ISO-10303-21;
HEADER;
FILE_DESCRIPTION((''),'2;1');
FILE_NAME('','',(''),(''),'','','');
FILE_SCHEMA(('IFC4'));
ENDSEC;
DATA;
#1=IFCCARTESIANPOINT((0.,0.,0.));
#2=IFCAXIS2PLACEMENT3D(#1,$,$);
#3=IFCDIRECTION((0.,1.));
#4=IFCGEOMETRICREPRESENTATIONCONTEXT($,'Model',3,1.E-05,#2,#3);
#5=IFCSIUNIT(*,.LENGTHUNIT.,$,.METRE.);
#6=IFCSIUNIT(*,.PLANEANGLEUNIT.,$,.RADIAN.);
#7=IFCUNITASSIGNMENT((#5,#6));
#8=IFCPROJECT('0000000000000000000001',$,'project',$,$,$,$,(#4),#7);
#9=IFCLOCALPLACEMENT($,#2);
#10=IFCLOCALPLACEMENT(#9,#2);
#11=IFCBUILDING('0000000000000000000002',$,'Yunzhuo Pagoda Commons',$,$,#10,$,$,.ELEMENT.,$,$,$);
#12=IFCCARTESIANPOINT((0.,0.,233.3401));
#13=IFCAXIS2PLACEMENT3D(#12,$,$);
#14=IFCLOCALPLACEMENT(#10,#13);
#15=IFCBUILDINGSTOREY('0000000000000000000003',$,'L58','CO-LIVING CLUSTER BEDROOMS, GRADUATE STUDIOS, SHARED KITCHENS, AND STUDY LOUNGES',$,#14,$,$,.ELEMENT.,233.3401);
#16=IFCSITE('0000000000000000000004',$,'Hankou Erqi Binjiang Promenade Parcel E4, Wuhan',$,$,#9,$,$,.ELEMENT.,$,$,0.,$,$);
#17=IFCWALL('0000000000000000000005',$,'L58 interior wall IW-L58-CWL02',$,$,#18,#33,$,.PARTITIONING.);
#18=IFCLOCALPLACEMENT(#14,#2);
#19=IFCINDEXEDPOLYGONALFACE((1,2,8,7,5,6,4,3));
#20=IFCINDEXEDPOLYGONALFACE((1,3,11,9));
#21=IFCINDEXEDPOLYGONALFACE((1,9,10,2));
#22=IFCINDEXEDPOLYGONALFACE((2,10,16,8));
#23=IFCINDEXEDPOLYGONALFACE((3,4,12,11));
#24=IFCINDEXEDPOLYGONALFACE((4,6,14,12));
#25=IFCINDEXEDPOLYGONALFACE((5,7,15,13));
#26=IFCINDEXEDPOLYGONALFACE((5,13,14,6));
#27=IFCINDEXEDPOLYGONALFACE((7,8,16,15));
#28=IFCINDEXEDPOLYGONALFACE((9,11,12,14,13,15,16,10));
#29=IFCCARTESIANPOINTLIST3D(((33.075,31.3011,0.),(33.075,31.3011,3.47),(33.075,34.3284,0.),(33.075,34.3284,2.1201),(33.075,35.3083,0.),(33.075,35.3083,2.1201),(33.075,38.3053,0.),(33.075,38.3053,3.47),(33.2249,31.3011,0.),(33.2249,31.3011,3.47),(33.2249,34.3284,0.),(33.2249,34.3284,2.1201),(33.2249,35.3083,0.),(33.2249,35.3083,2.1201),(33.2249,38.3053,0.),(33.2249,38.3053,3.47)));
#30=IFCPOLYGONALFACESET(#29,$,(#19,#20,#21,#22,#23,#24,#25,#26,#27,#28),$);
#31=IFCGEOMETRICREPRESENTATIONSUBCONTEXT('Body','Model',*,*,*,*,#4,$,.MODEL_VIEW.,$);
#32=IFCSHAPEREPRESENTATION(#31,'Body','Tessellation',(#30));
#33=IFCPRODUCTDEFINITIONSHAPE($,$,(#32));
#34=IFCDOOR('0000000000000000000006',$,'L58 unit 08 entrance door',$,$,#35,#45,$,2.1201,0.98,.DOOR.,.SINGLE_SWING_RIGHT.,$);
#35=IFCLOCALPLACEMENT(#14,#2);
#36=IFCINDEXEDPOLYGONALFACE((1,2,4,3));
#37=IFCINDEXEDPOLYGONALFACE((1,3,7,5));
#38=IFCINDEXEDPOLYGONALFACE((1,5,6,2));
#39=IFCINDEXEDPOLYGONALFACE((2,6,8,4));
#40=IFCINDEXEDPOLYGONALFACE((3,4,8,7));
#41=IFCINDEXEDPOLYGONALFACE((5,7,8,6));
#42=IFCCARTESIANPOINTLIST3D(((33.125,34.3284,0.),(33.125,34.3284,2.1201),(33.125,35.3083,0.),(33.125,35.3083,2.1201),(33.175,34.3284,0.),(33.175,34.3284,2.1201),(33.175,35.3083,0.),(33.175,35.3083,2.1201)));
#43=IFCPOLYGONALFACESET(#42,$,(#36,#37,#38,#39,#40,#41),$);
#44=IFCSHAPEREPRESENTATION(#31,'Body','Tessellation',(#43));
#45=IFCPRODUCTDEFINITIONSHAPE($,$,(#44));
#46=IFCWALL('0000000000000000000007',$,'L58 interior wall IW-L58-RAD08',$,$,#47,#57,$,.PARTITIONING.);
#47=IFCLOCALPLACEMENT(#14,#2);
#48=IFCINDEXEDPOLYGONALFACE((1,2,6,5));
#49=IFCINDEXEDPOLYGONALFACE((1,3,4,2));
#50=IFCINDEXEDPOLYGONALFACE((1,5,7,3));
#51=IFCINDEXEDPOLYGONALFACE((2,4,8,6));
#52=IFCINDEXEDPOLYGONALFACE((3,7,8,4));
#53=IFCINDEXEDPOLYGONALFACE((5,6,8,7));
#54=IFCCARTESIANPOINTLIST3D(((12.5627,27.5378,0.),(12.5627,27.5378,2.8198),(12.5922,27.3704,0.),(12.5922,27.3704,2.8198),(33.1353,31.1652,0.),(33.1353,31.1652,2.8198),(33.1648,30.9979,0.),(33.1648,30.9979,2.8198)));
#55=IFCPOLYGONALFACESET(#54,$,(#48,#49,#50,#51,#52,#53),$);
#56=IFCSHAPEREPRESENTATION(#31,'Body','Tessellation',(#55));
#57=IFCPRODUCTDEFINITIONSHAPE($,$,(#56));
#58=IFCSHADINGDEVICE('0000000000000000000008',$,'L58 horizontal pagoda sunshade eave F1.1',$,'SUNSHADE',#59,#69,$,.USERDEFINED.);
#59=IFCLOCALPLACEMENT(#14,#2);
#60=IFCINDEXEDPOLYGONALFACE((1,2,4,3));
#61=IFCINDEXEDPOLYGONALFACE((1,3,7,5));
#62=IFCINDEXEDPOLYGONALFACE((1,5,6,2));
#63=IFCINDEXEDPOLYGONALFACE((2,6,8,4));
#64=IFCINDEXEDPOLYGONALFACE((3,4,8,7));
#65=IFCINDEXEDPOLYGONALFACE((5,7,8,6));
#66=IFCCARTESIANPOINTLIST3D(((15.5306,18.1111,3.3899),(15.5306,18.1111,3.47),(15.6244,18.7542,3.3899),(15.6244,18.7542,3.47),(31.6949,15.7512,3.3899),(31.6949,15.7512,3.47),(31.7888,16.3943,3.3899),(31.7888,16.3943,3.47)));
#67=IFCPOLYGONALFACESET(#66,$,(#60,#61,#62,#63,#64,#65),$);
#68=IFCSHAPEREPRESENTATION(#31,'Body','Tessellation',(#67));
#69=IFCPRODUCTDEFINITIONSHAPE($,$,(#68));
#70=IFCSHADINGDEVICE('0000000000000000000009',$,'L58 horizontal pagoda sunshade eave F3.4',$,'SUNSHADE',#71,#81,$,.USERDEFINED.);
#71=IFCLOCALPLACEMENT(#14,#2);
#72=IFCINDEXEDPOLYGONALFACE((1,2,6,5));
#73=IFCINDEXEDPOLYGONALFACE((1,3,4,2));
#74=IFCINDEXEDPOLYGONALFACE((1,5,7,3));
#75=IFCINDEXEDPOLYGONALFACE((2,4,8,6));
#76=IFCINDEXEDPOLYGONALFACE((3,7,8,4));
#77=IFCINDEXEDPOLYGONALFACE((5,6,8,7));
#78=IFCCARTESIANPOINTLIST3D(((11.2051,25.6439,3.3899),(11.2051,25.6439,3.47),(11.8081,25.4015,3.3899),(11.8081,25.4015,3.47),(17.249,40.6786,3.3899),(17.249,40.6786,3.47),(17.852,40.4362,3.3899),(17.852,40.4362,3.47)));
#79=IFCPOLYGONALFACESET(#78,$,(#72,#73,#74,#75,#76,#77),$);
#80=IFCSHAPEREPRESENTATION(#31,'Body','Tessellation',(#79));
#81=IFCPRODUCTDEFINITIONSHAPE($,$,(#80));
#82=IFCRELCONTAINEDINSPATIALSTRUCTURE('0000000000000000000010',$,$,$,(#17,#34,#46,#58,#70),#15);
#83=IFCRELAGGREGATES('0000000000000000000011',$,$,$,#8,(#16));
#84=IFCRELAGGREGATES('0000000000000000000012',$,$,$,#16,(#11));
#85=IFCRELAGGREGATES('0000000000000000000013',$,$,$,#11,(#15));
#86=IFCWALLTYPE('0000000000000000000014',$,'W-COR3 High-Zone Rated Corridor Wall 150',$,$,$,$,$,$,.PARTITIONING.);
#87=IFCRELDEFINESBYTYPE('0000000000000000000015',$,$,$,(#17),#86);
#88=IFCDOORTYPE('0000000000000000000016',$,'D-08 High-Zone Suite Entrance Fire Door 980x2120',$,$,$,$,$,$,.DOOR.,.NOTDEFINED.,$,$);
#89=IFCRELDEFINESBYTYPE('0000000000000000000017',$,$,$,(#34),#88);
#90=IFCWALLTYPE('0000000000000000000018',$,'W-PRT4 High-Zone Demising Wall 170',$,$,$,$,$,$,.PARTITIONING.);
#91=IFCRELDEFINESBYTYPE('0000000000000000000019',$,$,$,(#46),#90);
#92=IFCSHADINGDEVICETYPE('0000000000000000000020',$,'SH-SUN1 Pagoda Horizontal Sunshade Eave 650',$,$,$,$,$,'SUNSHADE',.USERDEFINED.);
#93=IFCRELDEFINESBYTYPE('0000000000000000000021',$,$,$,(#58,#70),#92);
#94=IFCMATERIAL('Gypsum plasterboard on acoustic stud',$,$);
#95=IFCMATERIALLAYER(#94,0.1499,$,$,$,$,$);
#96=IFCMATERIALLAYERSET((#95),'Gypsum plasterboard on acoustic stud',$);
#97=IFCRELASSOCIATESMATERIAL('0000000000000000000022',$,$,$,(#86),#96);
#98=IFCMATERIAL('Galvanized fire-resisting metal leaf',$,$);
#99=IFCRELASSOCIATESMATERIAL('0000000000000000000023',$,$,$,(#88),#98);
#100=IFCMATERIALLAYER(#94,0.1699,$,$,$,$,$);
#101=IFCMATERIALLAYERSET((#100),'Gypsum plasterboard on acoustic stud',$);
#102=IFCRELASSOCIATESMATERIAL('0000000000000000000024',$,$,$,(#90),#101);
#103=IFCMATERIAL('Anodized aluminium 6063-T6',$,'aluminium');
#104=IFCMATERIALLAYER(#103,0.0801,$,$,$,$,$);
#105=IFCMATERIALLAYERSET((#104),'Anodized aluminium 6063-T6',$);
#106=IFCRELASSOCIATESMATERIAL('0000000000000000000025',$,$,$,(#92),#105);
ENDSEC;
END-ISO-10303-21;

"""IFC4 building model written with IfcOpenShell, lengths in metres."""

from ifc_helpers import new_model, si_unit, direction, frame, frame_2d, origin, origin_with_axes, origin_2d, place, context, subcontext, project, spatial, rectangle, extrude, source, transform, mapped, material, layer, layer_set, type_object, element, fill, save


model = new_model("IFC4")

# Units and contexts
model_context = context("Model", 3, precision=1e-05, world=origin(), true_north=direction((0.0, 1.0)))
body_context = subcontext(model_context, "Body", "Model", "MODEL_VIEW")
ifc_project = project(units=[si_unit("LENGTHUNIT", "METRE"), si_unit("PLANEANGLEUNIT", "RADIAN")], contexts=[model_context])

# Site, building, storey
site_placement = place(None, origin())
site = spatial("IfcSite", under=ifc_project, at=site_placement, Name="Hankou Erqi Binjiang Promenade Parcel E4, Wuhan", CompositionType="ELEMENT", RefElevation=0.0)
building_placement = place(site_placement, origin())
building = spatial("IfcBuilding", under=site, at=building_placement, Name="Yunzhuo Pagoda Commons", CompositionType="ELEMENT")
storey_placement = place(building_placement, frame((0.0, 0.0, 233.3401)))
storey = spatial("IfcBuildingStorey", under=building, at=storey_placement, Name="L58", Description="CO-LIVING CLUSTER BEDROOMS, GRADUATE STUDIOS, SHARED KITCHENS, AND STUDY LOUNGES", CompositionType="ELEMENT", Elevation=233.3401)

# Shared definitions
ifc_material_1 = material(Name="Anodized aluminium 6063-T6", Category="aluminium")

# Shared definitions
ifc_material_2 = material(Name="Gypsum plasterboard on acoustic stud")
ifc_layer_1 = layer(ifc_material_2, 0.1499)
ifc_layer_set_1 = layer_set([ifc_layer_1], Name="Gypsum plasterboard on acoustic stud")
wall_type_1 = type_object("IfcWallType", Name="W-COR3 High-Zone Rated Corridor Wall 150", PredefinedType="PARTITIONING", material=ifc_layer_set_1)

# Wall, opening, door
wall_1_placement = place(storey_placement, frame((33.1499, 31.3013, 0.0), z_axis=(0.0, 0.0, 1.0), x_axis=(0.0, 1.0, 0.0)))
wall_1 = element("IfcWall", 1, at=wall_1_placement, inside=storey, type_object=wall_type_1, Name="L58 interior wall IW-L58-CWL02", PredefinedType="PARTITIONING", context=body_context, shape_type="SweptSolid", body=[
    extrude(rectangle(XDim=7.0042, YDim=0.1499, at=frame_2d((3.502, 0.0))), origin(), (0.0, 0.0, 1.0), 3.47),
])
opening_placement = place(wall_1_placement, frame((3.0271, 0.0, 0.0)))
opening = element("IfcOpeningElement", 2, at=opening_placement, cuts=wall_1, PredefinedType="OPENING", context=body_context, shape_type="SweptSolid", body=[
    extrude(rectangle(XDim=0.98, YDim=2.1201, at=frame_2d((0.49, 1.0601))), frame((0.0, 0.085, 0.0), z_axis=(0.0, -1.0, 0.0), x_axis=(1.0, 0.0, 0.0)), (0.0, 0.0, 1.0), 0.1699),
])
ifc_material_3 = material(Name="Galvanized fire-resisting metal leaf")
door_type = type_object("IfcDoorType", Name="D-08 High-Zone Suite Entrance Fire Door 980x2120", OperationType="NOTDEFINED", PredefinedType="DOOR", material=ifc_material_3)
shared_shape_1 = source(origin(), body_context, "Body", "SweptSolid", [
    extrude(rectangle(XDim=0.98, YDim=2.1201, at=frame_2d((0.49, 1.0601))), frame((0.0, 0.0249, 0.0), z_axis=(0.0, -1.0, 0.0), x_axis=(1.0, 0.0, 0.0)), (0.0, 0.0, 1.0), 0.05),
])
door_placement = place(opening_placement, origin_with_axes())
door = element("IfcDoor", 3, at=door_placement, inside=storey, type_object=door_type, Name="L58 unit 08 entrance door", OperationType="SINGLE_SWING_RIGHT", OverallHeight=2.1201, OverallWidth=0.98, PredefinedType="DOOR", context=body_context, shape_type="MappedRepresentation", body=[
    mapped(shared_shape_1, transform((0.0, 0.0, 0.0), scale=1.0)),
])
fill(opening, door)

# Wall
ifc_layer_2 = layer(ifc_material_2, 0.1699)
ifc_layer_set_2 = layer_set([ifc_layer_2], Name="Gypsum plasterboard on acoustic stud")
wall_type_2 = type_object("IfcWallType", Name="W-PRT4 High-Zone Demising Wall 170", PredefinedType="PARTITIONING", material=ifc_layer_set_2)
wall_2_placement = place(storey_placement, frame((33.1499, 31.0815, 0.0), z_axis=(0.0, 0.0, 1.0), x_axis=(-0.984808, -0.173646, 0.0)))
element("IfcWall", 4, at=wall_2_placement, inside=storey, type_object=wall_type_2, Name="L58 interior wall IW-L58-RAD08", PredefinedType="PARTITIONING", context=body_context, shape_type="SweptSolid", body=[
    extrude(rectangle(XDim=20.8899, YDim=0.1699, at=frame_2d((10.4448, 0.0))), origin(), (0.0, 0.0, 1.0), 2.8198),
])

# Shading devices
ifc_layer_3 = layer(ifc_material_1, 0.0801)
ifc_layer_set_3 = layer_set([ifc_layer_3], Name="Anodized aluminium 6063-T6")
shading_device_type = type_object("IfcShadingDeviceType", Name="SH-SUN1 Pagoda Horizontal Sunshade Eave 650", ElementType="SUNSHADE", PredefinedType="USERDEFINED", material=ifc_layer_set_3)
shared_shape_2 = source(origin(), body_context, "Body", "SweptSolid", [
    extrude(rectangle(XDim=16.3357, YDim=0.6499, at=origin_2d()), origin(), (0.0, 0.0, 1.0), 0.0801),
])
shading_device_1_placement = place(storey_placement, frame((23.6597, 17.2527, 3.3899), z_axis=(0.0, 0.0, 1.0), x_axis=(0.989511, -0.14446, 0.0)))
element("IfcShadingDevice", 5, at=shading_device_1_placement, inside=storey, type_object=shading_device_type, Name="L58 horizontal pagoda sunshade eave F1.1", ObjectType="SUNSHADE", PredefinedType="USERDEFINED", context=body_context, shape_type="MappedRepresentation", body=[
    mapped(shared_shape_2, transform((0.0, 0.0, 0.0), scale=1.0)),
])
shared_shape_3 = source(origin(), body_context, "Body", "SweptSolid", [
    extrude(rectangle(XDim=16.2041, YDim=0.6499, at=origin_2d()), origin(), (0.0, 0.0, 1.0), 0.0801),
])
shading_device_2_placement = place(storey_placement, frame((14.5286, 33.04, 3.3899), z_axis=(0.0, 0.0, 1.0), x_axis=(-0.372988, -0.927836, 0.0)))
element("IfcShadingDevice", 6, at=shading_device_2_placement, inside=storey, type_object=shading_device_type, Name="L58 horizontal pagoda sunshade eave F3.4", ObjectType="SUNSHADE", PredefinedType="USERDEFINED", context=body_context, shape_type="MappedRepresentation", body=[
    mapped(shared_shape_3, transform((0.0, 0.0, 0.0), scale=1.0)),
])

save(model, "model.ifc")
